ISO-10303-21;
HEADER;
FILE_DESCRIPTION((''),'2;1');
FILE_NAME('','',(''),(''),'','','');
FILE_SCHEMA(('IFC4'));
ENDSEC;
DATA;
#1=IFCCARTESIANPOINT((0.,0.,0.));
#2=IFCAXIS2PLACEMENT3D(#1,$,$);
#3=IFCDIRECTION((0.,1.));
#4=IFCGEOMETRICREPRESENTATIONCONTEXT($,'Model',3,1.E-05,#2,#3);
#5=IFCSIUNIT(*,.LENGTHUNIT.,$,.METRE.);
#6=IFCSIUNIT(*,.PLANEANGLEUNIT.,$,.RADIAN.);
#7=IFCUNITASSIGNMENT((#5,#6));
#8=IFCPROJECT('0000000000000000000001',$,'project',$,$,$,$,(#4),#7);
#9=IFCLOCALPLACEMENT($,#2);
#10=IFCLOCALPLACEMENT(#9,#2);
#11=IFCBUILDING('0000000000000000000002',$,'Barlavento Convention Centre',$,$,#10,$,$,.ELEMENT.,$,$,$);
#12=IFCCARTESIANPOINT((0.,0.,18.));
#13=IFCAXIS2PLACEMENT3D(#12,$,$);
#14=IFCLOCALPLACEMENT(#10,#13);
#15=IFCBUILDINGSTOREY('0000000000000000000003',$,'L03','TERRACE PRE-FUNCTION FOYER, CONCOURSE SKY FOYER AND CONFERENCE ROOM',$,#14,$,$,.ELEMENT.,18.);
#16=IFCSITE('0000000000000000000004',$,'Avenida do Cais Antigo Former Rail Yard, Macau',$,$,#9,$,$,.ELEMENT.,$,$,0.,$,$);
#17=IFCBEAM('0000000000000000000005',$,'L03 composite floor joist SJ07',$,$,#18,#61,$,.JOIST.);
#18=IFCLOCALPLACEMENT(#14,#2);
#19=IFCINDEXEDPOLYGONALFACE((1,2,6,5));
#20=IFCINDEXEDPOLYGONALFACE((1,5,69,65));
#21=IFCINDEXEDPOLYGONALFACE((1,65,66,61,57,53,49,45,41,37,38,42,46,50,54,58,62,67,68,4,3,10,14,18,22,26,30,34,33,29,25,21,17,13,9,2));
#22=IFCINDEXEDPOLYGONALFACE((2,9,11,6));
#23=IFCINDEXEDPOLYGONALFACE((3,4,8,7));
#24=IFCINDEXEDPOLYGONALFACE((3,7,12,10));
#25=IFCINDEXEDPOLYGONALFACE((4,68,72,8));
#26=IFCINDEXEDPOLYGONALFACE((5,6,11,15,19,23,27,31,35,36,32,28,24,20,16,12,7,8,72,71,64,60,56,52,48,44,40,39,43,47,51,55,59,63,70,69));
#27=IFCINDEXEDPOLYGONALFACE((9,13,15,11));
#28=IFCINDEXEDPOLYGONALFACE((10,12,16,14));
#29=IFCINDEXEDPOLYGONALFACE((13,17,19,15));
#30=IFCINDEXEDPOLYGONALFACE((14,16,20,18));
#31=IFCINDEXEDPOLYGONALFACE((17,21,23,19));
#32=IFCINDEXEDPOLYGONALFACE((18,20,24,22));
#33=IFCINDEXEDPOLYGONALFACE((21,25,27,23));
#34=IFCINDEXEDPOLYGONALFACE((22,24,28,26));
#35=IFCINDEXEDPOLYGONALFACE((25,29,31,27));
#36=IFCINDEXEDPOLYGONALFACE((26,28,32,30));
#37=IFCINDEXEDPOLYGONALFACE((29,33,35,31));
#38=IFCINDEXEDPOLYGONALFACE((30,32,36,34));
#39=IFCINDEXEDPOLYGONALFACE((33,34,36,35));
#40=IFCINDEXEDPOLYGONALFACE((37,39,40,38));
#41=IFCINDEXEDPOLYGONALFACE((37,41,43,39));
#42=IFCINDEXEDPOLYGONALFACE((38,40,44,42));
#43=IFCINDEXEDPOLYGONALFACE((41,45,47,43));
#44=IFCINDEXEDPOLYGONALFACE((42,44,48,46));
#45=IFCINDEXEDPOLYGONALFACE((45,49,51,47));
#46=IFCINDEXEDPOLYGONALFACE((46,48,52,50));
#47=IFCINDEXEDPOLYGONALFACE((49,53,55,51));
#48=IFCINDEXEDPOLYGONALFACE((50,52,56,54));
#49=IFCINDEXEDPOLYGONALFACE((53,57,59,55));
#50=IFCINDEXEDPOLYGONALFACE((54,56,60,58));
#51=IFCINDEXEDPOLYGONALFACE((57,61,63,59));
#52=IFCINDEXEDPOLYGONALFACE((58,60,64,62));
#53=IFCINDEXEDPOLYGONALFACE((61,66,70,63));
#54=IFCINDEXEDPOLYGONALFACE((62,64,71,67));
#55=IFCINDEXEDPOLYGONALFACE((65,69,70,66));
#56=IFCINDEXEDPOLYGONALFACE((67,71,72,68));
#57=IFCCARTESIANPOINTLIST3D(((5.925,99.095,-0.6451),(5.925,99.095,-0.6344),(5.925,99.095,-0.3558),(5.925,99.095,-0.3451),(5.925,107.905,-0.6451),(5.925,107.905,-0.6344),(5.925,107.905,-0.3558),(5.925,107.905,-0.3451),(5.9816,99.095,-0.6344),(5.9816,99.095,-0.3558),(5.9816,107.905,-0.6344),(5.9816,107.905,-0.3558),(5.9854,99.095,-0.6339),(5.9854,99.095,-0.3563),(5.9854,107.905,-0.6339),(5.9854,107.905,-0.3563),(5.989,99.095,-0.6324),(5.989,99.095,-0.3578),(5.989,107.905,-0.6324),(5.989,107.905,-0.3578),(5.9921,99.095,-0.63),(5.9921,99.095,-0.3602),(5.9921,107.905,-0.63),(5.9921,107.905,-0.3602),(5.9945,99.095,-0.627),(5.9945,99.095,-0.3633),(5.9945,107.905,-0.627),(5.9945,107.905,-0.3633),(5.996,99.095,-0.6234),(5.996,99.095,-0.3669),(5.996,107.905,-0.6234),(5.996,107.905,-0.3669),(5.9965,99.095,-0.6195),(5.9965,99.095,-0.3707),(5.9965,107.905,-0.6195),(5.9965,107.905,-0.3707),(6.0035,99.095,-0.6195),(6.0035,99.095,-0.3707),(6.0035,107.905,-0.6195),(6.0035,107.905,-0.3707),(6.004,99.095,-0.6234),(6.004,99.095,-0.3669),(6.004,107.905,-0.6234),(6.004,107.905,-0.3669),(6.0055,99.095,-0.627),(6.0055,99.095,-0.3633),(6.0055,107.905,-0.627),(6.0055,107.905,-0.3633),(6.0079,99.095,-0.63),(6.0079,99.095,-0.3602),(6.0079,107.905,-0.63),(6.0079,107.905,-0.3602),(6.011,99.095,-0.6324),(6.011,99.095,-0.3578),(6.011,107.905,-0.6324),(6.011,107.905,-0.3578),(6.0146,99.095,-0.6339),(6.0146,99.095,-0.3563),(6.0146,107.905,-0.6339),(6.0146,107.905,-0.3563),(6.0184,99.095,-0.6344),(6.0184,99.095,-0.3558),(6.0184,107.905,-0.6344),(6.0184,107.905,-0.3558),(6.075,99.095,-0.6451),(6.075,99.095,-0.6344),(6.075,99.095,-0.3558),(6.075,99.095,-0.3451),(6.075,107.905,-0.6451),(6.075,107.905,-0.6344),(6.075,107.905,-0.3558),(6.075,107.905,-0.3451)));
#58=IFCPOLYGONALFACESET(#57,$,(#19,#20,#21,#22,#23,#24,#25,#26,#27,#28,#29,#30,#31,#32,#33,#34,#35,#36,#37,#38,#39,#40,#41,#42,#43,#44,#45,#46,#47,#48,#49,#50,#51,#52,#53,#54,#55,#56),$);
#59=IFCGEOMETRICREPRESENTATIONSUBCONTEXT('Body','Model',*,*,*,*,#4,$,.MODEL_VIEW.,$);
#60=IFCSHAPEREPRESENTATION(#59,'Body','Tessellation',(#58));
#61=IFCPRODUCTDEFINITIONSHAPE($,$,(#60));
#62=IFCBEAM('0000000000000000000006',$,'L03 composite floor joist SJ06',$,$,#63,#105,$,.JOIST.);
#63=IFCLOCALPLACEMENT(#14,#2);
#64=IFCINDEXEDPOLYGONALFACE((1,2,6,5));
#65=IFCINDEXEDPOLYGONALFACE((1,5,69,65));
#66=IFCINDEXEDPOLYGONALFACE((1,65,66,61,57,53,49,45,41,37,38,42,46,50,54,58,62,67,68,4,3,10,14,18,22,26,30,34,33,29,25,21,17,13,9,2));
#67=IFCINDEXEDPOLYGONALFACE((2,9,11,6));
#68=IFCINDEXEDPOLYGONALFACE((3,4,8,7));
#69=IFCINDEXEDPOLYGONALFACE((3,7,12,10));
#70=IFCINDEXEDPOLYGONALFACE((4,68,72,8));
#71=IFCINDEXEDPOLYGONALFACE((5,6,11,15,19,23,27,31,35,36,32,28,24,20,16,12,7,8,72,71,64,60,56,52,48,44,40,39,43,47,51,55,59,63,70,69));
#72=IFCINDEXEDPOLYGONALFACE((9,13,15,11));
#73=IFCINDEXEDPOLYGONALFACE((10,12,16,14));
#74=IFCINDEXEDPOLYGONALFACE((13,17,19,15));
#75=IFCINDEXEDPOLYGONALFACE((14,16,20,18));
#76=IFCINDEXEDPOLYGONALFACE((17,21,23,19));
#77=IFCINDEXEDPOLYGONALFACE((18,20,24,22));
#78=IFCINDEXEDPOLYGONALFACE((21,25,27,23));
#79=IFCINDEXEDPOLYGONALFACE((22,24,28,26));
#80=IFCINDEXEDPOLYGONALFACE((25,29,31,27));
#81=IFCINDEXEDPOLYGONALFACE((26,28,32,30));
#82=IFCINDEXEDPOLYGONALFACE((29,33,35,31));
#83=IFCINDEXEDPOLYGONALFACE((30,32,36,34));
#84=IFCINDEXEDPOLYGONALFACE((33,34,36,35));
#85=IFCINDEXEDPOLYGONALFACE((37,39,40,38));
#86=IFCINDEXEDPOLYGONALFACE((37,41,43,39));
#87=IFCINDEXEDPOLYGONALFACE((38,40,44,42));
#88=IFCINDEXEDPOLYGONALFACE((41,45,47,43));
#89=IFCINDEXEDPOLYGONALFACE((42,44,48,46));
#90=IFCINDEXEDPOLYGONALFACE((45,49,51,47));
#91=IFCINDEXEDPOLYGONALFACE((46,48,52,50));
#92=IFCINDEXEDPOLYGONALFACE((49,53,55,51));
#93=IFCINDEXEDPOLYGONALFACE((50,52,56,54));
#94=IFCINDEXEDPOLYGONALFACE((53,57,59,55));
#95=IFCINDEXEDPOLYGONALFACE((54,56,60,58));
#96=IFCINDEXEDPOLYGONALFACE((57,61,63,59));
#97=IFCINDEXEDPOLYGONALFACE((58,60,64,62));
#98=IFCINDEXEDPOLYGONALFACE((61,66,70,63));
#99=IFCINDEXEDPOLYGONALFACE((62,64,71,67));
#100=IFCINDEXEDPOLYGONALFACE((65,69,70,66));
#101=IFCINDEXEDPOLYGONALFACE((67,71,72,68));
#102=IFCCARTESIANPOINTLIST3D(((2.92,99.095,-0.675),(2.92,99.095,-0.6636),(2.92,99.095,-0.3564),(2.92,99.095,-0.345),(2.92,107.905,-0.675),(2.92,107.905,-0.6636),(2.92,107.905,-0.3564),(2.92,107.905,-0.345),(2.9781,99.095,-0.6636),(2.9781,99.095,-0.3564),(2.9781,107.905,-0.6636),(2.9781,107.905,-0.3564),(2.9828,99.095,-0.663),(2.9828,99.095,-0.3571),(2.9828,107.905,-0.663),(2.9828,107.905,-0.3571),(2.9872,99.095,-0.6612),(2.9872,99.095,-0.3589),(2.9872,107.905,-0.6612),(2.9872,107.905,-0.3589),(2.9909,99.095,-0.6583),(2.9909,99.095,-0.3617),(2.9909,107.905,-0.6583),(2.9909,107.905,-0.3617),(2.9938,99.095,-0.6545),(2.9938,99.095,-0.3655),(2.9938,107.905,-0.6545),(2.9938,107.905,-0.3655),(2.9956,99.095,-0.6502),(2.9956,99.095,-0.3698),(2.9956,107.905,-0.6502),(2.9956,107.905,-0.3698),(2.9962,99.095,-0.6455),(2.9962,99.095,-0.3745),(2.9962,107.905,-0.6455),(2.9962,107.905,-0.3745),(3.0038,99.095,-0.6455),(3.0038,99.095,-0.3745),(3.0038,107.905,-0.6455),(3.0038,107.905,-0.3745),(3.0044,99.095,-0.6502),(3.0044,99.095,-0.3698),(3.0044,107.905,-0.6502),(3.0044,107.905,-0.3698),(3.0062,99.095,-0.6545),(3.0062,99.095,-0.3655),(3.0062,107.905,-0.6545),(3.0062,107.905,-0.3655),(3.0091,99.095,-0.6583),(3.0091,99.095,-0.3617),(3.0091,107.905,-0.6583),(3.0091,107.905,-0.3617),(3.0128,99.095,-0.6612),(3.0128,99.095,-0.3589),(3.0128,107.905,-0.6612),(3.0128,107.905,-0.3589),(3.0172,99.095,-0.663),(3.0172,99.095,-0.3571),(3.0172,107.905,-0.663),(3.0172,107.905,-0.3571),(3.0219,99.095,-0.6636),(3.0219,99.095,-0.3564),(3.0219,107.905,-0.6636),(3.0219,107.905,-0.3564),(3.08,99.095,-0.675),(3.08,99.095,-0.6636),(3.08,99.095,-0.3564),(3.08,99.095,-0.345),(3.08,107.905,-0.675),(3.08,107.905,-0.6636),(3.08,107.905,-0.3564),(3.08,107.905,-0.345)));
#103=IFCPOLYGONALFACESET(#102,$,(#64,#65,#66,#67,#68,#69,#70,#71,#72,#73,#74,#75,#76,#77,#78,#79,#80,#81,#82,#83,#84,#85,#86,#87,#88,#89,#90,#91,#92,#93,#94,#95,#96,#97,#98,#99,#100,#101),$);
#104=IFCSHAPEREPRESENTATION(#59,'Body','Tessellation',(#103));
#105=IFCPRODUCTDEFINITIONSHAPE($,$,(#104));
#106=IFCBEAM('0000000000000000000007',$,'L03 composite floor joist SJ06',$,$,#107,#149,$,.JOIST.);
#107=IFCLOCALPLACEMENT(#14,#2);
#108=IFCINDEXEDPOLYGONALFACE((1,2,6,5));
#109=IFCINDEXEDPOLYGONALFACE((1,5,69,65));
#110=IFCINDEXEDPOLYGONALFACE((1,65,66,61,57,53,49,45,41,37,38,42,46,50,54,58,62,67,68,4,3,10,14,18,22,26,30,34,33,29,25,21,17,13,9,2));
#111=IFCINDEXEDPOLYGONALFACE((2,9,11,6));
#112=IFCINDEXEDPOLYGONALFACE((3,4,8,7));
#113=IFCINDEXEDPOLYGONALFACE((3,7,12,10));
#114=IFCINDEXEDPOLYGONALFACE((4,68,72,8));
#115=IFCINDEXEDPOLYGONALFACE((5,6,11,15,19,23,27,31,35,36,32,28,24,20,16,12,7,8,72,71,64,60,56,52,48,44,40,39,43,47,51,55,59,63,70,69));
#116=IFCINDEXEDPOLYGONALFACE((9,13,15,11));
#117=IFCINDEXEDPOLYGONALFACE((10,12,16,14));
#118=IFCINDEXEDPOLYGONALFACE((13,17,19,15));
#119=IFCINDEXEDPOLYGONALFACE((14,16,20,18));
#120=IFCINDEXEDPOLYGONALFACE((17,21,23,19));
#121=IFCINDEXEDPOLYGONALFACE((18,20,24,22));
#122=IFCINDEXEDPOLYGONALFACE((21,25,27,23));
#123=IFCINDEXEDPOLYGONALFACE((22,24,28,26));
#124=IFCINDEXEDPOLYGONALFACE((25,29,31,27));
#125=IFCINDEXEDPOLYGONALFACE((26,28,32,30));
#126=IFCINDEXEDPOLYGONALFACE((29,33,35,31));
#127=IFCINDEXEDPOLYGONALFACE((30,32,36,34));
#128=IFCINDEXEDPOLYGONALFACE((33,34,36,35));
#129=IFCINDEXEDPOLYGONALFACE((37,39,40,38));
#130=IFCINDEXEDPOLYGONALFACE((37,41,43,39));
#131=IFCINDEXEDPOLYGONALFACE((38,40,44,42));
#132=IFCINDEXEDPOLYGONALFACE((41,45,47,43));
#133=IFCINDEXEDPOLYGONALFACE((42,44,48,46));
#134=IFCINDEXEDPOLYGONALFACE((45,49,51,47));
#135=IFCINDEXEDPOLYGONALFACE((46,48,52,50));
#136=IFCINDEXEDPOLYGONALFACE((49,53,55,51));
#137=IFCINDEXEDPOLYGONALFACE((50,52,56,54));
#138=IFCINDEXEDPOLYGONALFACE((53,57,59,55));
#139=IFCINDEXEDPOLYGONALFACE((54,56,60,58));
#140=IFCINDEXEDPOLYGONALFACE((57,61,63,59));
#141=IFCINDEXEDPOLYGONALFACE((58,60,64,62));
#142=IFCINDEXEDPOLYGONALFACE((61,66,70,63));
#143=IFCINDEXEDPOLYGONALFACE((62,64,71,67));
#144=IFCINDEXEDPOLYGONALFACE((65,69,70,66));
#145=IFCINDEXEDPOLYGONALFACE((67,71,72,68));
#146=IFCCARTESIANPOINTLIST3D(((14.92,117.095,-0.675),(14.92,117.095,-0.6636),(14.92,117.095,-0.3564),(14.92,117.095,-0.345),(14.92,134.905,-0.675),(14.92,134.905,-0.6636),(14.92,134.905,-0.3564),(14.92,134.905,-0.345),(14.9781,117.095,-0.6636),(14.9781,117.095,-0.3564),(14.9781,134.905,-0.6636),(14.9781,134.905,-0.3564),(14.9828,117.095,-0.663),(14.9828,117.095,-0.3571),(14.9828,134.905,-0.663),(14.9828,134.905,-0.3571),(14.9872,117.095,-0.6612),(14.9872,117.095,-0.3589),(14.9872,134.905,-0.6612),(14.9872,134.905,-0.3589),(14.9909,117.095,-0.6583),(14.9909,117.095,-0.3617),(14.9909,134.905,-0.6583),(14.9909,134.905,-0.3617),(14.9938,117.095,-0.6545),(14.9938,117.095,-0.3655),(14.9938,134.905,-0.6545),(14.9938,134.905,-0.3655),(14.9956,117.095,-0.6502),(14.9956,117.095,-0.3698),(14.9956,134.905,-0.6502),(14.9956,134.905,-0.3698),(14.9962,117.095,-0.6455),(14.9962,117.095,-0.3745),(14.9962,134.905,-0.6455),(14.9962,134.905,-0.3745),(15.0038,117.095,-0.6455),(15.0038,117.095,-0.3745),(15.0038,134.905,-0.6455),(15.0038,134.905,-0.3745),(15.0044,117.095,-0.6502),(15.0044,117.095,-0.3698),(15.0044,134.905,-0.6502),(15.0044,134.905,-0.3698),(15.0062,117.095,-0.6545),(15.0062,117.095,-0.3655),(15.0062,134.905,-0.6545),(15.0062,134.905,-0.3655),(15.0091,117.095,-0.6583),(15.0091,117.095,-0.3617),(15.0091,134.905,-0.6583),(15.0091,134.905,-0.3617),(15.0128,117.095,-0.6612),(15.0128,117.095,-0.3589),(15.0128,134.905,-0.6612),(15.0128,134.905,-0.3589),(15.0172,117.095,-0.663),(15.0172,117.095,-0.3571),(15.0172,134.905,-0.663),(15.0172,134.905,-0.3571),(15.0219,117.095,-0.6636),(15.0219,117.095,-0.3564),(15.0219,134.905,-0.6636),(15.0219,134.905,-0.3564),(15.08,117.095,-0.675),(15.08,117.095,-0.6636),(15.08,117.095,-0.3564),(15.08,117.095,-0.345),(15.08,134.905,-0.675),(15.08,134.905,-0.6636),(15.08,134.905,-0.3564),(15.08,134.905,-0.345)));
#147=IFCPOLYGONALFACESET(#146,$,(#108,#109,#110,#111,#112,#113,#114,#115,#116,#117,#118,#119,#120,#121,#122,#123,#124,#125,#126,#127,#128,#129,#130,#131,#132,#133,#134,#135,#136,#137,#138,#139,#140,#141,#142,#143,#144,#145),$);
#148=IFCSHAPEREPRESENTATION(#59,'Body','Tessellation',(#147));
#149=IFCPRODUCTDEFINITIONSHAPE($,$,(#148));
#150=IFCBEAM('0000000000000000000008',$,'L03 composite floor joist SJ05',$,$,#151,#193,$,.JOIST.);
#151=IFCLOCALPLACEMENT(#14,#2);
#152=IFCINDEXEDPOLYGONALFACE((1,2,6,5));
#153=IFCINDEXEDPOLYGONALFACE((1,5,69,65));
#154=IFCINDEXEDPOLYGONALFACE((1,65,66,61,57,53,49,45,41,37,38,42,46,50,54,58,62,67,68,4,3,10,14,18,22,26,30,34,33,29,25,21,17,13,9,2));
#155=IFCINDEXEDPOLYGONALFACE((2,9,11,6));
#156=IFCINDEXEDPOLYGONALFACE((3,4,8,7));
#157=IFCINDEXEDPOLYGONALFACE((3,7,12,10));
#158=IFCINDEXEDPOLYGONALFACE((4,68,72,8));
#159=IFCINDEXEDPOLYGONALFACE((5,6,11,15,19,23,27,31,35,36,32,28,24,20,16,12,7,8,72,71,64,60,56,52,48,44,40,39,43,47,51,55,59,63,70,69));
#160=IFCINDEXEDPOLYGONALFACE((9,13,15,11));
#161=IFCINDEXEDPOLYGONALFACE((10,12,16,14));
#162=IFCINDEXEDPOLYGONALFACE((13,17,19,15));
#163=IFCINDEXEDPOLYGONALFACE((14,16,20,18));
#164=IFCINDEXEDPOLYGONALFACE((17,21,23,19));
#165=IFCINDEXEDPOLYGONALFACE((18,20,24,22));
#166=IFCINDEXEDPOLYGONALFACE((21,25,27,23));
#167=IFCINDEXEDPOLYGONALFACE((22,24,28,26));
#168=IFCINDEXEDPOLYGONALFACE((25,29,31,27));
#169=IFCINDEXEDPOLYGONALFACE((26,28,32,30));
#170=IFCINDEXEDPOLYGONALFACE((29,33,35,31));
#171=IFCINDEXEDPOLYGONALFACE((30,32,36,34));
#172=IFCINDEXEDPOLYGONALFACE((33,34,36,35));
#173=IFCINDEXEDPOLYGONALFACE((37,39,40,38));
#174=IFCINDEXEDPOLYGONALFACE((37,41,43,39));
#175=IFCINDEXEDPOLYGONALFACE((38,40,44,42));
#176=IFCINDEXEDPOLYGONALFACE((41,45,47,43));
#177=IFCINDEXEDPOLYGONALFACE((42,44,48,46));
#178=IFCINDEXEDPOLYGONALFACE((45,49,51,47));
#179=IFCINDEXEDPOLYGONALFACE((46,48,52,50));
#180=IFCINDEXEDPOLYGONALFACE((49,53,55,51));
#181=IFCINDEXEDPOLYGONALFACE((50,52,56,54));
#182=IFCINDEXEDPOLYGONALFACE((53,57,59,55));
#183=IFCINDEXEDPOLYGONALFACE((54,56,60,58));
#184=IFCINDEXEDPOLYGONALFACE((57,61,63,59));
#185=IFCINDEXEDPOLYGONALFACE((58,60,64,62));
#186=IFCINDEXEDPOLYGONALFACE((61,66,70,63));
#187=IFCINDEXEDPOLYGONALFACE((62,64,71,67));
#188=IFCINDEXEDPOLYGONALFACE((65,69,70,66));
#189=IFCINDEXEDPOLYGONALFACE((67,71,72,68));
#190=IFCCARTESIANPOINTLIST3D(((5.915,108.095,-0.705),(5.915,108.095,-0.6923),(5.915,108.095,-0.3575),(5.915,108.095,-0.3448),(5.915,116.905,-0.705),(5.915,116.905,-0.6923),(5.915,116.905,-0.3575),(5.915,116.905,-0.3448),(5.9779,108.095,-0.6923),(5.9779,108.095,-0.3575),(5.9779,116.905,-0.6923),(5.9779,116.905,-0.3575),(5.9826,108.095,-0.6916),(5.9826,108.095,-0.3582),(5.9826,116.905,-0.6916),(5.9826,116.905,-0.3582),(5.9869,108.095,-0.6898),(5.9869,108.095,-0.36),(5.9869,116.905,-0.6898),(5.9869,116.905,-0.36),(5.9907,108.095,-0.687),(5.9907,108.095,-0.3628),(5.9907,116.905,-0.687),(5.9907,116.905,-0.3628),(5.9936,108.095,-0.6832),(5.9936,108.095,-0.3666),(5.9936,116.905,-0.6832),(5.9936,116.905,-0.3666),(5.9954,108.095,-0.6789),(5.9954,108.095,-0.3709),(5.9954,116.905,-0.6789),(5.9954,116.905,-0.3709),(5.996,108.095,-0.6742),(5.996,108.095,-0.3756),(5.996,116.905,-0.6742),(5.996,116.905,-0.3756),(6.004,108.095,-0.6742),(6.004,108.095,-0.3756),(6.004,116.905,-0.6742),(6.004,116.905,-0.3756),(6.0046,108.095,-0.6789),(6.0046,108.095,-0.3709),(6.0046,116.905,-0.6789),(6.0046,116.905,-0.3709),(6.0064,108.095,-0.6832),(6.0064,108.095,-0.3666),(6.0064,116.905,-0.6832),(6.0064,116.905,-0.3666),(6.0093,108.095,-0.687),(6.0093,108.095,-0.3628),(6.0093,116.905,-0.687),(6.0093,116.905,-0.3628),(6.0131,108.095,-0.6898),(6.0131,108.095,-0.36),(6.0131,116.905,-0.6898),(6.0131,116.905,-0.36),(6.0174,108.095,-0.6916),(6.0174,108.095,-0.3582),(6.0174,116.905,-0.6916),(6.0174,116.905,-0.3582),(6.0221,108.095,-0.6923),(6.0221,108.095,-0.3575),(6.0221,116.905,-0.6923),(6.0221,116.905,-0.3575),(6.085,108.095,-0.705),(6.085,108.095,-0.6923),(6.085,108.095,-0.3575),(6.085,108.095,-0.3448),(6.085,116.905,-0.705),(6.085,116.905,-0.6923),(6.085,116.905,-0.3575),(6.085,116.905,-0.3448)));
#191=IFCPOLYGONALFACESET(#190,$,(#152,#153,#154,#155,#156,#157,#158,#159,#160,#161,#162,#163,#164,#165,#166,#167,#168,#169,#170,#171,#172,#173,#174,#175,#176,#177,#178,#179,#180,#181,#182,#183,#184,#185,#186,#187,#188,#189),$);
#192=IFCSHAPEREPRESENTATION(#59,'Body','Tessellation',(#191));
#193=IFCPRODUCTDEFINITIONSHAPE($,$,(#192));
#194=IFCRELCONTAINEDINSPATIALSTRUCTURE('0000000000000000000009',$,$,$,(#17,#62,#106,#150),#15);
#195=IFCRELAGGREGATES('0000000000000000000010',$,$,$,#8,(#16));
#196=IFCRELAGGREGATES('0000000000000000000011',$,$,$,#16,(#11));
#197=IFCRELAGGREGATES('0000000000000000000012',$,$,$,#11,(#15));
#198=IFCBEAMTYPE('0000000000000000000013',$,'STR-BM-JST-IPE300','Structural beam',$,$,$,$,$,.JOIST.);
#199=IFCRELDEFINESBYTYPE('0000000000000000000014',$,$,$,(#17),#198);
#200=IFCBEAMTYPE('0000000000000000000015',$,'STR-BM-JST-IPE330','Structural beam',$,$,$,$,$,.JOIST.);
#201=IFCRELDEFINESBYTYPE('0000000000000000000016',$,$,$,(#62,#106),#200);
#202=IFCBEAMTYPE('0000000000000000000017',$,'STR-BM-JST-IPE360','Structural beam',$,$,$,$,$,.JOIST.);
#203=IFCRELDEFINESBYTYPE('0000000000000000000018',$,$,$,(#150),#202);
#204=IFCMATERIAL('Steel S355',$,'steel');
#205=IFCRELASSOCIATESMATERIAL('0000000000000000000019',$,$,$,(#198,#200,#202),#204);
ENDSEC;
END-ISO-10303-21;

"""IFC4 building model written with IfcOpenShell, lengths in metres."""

from ifc_helpers import new_model, si_unit, direction, frame, origin, origin_2d, place, context, subcontext, project, spatial, i_section, extrude, material, material_profile, profile_set, type_object, element, save


model = new_model("IFC4")

# Units and contexts
model_context = context("Model", 3, precision=1e-05, world=origin(), true_north=direction((0.0, 1.0)))
body_context = subcontext(model_context, "Body", "Model", "MODEL_VIEW")
ifc_project = project(units=[si_unit("LENGTHUNIT", "METRE"), si_unit("PLANEANGLEUNIT", "RADIAN")], contexts=[model_context])

# Site, building, storey
site_placement = place(None, origin())
site = spatial("IfcSite", under=ifc_project, at=site_placement, Name="Avenida do Cais Antigo Former Rail Yard, Macau", CompositionType="ELEMENT", RefElevation=0.0)
building_placement = place(site_placement, origin())
building = spatial("IfcBuilding", under=site, at=building_placement, Name="Barlavento Convention Centre", CompositionType="ELEMENT")
storey_placement = place(building_placement, frame((0.0, 0.0, 18.0)))
storey = spatial("IfcBuildingStorey", under=building, at=storey_placement, Name="L03", Description="TERRACE PRE-FUNCTION FOYER, CONCOURSE SKY FOYER AND CONFERENCE ROOM", CompositionType="ELEMENT", Elevation=18.0)

# Beams
ifc_material_1 = material(Name="Steel S355", Category="steel")
ifc_material_profile_1 = material_profile(ifc_material_1, i_section(OverallWidth=0.1499, OverallDepth=0.3, WebThickness=0.0071, FlangeThickness=0.0107, FilletRadius=0.0149, at=origin_2d()), Name="IPE 300")
ifc_profile_set_1 = profile_set([ifc_material_profile_1], Name="Steel S355")
beam_type_1 = type_object("IfcBeamType", Name="STR-BM-JST-IPE300", Description="Structural beam", PredefinedType="JOIST", material=ifc_profile_set_1)
beam_1_placement = place(storey_placement, frame((6.0, 99.095, -0.4951), z_axis=(0.0, 1.0, 0.0), x_axis=(-1.0, 0.0, 0.0)))
element("IfcBeam", 1, at=beam_1_placement, inside=storey, type_object=beam_type_1, Name="L03 composite floor joist SJ07", PredefinedType="JOIST", context=body_context, shape_type="SweptSolid", body=[
    extrude(i_section(OverallWidth=0.1499, OverallDepth=0.3, WebThickness=0.0071, FlangeThickness=0.0107, FilletRadius=0.0149, at=origin_2d()), origin(), (0.0, 0.0, 1.0), 8.8101),
])
ifc_material_profile_2 = material_profile(ifc_material_1, i_section(OverallWidth=0.1599, OverallDepth=0.3301, WebThickness=0.0076, FlangeThickness=0.0115, FilletRadius=0.0181, at=origin_2d()), Name="IPE 330")
ifc_profile_set_2 = profile_set([ifc_material_profile_2], Name="Steel S355")
beam_type_2 = type_object("IfcBeamType", Name="STR-BM-JST-IPE330", Description="Structural beam", PredefinedType="JOIST", material=ifc_profile_set_2)
beam_2_placement = place(storey_placement, frame((3.0, 99.095, -0.51), z_axis=(0.0, 1.0, 0.0), x_axis=(-1.0, 0.0, 0.0)))
element("IfcBeam", 2, at=beam_2_placement, inside=storey, type_object=beam_type_2, Name="L03 composite floor joist SJ06", PredefinedType="JOIST", context=body_context, shape_type="SweptSolid", body=[
    extrude(i_section(OverallWidth=0.1599, OverallDepth=0.3301, WebThickness=0.0076, FlangeThickness=0.0115, FilletRadius=0.0181, at=origin_2d()), origin(), (0.0, 0.0, 1.0), 8.8101),
])
beam_3_placement = place(storey_placement, frame((15.0, 117.095, -0.51), z_axis=(0.0, 1.0, 0.0), x_axis=(-1.0, 0.0, 0.0)))
element("IfcBeam", 3, at=beam_3_placement, inside=storey, type_object=beam_type_2, Name="L03 composite floor joist SJ06", PredefinedType="JOIST", context=body_context, shape_type="SweptSolid", body=[
    extrude(i_section(OverallWidth=0.1599, OverallDepth=0.3301, WebThickness=0.0076, FlangeThickness=0.0115, FilletRadius=0.0181, at=origin_2d()), origin(), (0.0, 0.0, 1.0), 17.8101),
])
ifc_material_profile_3 = material_profile(ifc_material_1, i_section(OverallWidth=0.1699, OverallDepth=0.3601, WebThickness=0.0081, FlangeThickness=0.0127, FilletRadius=0.0181, at=origin_2d()), Name="IPE 360")
ifc_profile_set_3 = profile_set([ifc_material_profile_3], Name="Steel S355")
beam_type_3 = type_object("IfcBeamType", Name="STR-BM-JST-IPE360", Description="Structural beam", PredefinedType="JOIST", material=ifc_profile_set_3)
beam_4_placement = place(storey_placement, frame((6.0, 108.095, -0.5249), z_axis=(0.0, 1.0, 0.0), x_axis=(-1.0, 0.0, 0.0)))
element("IfcBeam", 4, at=beam_4_placement, inside=storey, type_object=beam_type_3, Name="L03 composite floor joist SJ05", PredefinedType="JOIST", context=body_context, shape_type="SweptSolid", body=[
    extrude(i_section(OverallWidth=0.1699, OverallDepth=0.3601, WebThickness=0.0081, FlangeThickness=0.0127, FilletRadius=0.0181, at=origin_2d()), origin(), (0.0, 0.0, 1.0), 8.8101),
])

save(model, "model.ifc")
